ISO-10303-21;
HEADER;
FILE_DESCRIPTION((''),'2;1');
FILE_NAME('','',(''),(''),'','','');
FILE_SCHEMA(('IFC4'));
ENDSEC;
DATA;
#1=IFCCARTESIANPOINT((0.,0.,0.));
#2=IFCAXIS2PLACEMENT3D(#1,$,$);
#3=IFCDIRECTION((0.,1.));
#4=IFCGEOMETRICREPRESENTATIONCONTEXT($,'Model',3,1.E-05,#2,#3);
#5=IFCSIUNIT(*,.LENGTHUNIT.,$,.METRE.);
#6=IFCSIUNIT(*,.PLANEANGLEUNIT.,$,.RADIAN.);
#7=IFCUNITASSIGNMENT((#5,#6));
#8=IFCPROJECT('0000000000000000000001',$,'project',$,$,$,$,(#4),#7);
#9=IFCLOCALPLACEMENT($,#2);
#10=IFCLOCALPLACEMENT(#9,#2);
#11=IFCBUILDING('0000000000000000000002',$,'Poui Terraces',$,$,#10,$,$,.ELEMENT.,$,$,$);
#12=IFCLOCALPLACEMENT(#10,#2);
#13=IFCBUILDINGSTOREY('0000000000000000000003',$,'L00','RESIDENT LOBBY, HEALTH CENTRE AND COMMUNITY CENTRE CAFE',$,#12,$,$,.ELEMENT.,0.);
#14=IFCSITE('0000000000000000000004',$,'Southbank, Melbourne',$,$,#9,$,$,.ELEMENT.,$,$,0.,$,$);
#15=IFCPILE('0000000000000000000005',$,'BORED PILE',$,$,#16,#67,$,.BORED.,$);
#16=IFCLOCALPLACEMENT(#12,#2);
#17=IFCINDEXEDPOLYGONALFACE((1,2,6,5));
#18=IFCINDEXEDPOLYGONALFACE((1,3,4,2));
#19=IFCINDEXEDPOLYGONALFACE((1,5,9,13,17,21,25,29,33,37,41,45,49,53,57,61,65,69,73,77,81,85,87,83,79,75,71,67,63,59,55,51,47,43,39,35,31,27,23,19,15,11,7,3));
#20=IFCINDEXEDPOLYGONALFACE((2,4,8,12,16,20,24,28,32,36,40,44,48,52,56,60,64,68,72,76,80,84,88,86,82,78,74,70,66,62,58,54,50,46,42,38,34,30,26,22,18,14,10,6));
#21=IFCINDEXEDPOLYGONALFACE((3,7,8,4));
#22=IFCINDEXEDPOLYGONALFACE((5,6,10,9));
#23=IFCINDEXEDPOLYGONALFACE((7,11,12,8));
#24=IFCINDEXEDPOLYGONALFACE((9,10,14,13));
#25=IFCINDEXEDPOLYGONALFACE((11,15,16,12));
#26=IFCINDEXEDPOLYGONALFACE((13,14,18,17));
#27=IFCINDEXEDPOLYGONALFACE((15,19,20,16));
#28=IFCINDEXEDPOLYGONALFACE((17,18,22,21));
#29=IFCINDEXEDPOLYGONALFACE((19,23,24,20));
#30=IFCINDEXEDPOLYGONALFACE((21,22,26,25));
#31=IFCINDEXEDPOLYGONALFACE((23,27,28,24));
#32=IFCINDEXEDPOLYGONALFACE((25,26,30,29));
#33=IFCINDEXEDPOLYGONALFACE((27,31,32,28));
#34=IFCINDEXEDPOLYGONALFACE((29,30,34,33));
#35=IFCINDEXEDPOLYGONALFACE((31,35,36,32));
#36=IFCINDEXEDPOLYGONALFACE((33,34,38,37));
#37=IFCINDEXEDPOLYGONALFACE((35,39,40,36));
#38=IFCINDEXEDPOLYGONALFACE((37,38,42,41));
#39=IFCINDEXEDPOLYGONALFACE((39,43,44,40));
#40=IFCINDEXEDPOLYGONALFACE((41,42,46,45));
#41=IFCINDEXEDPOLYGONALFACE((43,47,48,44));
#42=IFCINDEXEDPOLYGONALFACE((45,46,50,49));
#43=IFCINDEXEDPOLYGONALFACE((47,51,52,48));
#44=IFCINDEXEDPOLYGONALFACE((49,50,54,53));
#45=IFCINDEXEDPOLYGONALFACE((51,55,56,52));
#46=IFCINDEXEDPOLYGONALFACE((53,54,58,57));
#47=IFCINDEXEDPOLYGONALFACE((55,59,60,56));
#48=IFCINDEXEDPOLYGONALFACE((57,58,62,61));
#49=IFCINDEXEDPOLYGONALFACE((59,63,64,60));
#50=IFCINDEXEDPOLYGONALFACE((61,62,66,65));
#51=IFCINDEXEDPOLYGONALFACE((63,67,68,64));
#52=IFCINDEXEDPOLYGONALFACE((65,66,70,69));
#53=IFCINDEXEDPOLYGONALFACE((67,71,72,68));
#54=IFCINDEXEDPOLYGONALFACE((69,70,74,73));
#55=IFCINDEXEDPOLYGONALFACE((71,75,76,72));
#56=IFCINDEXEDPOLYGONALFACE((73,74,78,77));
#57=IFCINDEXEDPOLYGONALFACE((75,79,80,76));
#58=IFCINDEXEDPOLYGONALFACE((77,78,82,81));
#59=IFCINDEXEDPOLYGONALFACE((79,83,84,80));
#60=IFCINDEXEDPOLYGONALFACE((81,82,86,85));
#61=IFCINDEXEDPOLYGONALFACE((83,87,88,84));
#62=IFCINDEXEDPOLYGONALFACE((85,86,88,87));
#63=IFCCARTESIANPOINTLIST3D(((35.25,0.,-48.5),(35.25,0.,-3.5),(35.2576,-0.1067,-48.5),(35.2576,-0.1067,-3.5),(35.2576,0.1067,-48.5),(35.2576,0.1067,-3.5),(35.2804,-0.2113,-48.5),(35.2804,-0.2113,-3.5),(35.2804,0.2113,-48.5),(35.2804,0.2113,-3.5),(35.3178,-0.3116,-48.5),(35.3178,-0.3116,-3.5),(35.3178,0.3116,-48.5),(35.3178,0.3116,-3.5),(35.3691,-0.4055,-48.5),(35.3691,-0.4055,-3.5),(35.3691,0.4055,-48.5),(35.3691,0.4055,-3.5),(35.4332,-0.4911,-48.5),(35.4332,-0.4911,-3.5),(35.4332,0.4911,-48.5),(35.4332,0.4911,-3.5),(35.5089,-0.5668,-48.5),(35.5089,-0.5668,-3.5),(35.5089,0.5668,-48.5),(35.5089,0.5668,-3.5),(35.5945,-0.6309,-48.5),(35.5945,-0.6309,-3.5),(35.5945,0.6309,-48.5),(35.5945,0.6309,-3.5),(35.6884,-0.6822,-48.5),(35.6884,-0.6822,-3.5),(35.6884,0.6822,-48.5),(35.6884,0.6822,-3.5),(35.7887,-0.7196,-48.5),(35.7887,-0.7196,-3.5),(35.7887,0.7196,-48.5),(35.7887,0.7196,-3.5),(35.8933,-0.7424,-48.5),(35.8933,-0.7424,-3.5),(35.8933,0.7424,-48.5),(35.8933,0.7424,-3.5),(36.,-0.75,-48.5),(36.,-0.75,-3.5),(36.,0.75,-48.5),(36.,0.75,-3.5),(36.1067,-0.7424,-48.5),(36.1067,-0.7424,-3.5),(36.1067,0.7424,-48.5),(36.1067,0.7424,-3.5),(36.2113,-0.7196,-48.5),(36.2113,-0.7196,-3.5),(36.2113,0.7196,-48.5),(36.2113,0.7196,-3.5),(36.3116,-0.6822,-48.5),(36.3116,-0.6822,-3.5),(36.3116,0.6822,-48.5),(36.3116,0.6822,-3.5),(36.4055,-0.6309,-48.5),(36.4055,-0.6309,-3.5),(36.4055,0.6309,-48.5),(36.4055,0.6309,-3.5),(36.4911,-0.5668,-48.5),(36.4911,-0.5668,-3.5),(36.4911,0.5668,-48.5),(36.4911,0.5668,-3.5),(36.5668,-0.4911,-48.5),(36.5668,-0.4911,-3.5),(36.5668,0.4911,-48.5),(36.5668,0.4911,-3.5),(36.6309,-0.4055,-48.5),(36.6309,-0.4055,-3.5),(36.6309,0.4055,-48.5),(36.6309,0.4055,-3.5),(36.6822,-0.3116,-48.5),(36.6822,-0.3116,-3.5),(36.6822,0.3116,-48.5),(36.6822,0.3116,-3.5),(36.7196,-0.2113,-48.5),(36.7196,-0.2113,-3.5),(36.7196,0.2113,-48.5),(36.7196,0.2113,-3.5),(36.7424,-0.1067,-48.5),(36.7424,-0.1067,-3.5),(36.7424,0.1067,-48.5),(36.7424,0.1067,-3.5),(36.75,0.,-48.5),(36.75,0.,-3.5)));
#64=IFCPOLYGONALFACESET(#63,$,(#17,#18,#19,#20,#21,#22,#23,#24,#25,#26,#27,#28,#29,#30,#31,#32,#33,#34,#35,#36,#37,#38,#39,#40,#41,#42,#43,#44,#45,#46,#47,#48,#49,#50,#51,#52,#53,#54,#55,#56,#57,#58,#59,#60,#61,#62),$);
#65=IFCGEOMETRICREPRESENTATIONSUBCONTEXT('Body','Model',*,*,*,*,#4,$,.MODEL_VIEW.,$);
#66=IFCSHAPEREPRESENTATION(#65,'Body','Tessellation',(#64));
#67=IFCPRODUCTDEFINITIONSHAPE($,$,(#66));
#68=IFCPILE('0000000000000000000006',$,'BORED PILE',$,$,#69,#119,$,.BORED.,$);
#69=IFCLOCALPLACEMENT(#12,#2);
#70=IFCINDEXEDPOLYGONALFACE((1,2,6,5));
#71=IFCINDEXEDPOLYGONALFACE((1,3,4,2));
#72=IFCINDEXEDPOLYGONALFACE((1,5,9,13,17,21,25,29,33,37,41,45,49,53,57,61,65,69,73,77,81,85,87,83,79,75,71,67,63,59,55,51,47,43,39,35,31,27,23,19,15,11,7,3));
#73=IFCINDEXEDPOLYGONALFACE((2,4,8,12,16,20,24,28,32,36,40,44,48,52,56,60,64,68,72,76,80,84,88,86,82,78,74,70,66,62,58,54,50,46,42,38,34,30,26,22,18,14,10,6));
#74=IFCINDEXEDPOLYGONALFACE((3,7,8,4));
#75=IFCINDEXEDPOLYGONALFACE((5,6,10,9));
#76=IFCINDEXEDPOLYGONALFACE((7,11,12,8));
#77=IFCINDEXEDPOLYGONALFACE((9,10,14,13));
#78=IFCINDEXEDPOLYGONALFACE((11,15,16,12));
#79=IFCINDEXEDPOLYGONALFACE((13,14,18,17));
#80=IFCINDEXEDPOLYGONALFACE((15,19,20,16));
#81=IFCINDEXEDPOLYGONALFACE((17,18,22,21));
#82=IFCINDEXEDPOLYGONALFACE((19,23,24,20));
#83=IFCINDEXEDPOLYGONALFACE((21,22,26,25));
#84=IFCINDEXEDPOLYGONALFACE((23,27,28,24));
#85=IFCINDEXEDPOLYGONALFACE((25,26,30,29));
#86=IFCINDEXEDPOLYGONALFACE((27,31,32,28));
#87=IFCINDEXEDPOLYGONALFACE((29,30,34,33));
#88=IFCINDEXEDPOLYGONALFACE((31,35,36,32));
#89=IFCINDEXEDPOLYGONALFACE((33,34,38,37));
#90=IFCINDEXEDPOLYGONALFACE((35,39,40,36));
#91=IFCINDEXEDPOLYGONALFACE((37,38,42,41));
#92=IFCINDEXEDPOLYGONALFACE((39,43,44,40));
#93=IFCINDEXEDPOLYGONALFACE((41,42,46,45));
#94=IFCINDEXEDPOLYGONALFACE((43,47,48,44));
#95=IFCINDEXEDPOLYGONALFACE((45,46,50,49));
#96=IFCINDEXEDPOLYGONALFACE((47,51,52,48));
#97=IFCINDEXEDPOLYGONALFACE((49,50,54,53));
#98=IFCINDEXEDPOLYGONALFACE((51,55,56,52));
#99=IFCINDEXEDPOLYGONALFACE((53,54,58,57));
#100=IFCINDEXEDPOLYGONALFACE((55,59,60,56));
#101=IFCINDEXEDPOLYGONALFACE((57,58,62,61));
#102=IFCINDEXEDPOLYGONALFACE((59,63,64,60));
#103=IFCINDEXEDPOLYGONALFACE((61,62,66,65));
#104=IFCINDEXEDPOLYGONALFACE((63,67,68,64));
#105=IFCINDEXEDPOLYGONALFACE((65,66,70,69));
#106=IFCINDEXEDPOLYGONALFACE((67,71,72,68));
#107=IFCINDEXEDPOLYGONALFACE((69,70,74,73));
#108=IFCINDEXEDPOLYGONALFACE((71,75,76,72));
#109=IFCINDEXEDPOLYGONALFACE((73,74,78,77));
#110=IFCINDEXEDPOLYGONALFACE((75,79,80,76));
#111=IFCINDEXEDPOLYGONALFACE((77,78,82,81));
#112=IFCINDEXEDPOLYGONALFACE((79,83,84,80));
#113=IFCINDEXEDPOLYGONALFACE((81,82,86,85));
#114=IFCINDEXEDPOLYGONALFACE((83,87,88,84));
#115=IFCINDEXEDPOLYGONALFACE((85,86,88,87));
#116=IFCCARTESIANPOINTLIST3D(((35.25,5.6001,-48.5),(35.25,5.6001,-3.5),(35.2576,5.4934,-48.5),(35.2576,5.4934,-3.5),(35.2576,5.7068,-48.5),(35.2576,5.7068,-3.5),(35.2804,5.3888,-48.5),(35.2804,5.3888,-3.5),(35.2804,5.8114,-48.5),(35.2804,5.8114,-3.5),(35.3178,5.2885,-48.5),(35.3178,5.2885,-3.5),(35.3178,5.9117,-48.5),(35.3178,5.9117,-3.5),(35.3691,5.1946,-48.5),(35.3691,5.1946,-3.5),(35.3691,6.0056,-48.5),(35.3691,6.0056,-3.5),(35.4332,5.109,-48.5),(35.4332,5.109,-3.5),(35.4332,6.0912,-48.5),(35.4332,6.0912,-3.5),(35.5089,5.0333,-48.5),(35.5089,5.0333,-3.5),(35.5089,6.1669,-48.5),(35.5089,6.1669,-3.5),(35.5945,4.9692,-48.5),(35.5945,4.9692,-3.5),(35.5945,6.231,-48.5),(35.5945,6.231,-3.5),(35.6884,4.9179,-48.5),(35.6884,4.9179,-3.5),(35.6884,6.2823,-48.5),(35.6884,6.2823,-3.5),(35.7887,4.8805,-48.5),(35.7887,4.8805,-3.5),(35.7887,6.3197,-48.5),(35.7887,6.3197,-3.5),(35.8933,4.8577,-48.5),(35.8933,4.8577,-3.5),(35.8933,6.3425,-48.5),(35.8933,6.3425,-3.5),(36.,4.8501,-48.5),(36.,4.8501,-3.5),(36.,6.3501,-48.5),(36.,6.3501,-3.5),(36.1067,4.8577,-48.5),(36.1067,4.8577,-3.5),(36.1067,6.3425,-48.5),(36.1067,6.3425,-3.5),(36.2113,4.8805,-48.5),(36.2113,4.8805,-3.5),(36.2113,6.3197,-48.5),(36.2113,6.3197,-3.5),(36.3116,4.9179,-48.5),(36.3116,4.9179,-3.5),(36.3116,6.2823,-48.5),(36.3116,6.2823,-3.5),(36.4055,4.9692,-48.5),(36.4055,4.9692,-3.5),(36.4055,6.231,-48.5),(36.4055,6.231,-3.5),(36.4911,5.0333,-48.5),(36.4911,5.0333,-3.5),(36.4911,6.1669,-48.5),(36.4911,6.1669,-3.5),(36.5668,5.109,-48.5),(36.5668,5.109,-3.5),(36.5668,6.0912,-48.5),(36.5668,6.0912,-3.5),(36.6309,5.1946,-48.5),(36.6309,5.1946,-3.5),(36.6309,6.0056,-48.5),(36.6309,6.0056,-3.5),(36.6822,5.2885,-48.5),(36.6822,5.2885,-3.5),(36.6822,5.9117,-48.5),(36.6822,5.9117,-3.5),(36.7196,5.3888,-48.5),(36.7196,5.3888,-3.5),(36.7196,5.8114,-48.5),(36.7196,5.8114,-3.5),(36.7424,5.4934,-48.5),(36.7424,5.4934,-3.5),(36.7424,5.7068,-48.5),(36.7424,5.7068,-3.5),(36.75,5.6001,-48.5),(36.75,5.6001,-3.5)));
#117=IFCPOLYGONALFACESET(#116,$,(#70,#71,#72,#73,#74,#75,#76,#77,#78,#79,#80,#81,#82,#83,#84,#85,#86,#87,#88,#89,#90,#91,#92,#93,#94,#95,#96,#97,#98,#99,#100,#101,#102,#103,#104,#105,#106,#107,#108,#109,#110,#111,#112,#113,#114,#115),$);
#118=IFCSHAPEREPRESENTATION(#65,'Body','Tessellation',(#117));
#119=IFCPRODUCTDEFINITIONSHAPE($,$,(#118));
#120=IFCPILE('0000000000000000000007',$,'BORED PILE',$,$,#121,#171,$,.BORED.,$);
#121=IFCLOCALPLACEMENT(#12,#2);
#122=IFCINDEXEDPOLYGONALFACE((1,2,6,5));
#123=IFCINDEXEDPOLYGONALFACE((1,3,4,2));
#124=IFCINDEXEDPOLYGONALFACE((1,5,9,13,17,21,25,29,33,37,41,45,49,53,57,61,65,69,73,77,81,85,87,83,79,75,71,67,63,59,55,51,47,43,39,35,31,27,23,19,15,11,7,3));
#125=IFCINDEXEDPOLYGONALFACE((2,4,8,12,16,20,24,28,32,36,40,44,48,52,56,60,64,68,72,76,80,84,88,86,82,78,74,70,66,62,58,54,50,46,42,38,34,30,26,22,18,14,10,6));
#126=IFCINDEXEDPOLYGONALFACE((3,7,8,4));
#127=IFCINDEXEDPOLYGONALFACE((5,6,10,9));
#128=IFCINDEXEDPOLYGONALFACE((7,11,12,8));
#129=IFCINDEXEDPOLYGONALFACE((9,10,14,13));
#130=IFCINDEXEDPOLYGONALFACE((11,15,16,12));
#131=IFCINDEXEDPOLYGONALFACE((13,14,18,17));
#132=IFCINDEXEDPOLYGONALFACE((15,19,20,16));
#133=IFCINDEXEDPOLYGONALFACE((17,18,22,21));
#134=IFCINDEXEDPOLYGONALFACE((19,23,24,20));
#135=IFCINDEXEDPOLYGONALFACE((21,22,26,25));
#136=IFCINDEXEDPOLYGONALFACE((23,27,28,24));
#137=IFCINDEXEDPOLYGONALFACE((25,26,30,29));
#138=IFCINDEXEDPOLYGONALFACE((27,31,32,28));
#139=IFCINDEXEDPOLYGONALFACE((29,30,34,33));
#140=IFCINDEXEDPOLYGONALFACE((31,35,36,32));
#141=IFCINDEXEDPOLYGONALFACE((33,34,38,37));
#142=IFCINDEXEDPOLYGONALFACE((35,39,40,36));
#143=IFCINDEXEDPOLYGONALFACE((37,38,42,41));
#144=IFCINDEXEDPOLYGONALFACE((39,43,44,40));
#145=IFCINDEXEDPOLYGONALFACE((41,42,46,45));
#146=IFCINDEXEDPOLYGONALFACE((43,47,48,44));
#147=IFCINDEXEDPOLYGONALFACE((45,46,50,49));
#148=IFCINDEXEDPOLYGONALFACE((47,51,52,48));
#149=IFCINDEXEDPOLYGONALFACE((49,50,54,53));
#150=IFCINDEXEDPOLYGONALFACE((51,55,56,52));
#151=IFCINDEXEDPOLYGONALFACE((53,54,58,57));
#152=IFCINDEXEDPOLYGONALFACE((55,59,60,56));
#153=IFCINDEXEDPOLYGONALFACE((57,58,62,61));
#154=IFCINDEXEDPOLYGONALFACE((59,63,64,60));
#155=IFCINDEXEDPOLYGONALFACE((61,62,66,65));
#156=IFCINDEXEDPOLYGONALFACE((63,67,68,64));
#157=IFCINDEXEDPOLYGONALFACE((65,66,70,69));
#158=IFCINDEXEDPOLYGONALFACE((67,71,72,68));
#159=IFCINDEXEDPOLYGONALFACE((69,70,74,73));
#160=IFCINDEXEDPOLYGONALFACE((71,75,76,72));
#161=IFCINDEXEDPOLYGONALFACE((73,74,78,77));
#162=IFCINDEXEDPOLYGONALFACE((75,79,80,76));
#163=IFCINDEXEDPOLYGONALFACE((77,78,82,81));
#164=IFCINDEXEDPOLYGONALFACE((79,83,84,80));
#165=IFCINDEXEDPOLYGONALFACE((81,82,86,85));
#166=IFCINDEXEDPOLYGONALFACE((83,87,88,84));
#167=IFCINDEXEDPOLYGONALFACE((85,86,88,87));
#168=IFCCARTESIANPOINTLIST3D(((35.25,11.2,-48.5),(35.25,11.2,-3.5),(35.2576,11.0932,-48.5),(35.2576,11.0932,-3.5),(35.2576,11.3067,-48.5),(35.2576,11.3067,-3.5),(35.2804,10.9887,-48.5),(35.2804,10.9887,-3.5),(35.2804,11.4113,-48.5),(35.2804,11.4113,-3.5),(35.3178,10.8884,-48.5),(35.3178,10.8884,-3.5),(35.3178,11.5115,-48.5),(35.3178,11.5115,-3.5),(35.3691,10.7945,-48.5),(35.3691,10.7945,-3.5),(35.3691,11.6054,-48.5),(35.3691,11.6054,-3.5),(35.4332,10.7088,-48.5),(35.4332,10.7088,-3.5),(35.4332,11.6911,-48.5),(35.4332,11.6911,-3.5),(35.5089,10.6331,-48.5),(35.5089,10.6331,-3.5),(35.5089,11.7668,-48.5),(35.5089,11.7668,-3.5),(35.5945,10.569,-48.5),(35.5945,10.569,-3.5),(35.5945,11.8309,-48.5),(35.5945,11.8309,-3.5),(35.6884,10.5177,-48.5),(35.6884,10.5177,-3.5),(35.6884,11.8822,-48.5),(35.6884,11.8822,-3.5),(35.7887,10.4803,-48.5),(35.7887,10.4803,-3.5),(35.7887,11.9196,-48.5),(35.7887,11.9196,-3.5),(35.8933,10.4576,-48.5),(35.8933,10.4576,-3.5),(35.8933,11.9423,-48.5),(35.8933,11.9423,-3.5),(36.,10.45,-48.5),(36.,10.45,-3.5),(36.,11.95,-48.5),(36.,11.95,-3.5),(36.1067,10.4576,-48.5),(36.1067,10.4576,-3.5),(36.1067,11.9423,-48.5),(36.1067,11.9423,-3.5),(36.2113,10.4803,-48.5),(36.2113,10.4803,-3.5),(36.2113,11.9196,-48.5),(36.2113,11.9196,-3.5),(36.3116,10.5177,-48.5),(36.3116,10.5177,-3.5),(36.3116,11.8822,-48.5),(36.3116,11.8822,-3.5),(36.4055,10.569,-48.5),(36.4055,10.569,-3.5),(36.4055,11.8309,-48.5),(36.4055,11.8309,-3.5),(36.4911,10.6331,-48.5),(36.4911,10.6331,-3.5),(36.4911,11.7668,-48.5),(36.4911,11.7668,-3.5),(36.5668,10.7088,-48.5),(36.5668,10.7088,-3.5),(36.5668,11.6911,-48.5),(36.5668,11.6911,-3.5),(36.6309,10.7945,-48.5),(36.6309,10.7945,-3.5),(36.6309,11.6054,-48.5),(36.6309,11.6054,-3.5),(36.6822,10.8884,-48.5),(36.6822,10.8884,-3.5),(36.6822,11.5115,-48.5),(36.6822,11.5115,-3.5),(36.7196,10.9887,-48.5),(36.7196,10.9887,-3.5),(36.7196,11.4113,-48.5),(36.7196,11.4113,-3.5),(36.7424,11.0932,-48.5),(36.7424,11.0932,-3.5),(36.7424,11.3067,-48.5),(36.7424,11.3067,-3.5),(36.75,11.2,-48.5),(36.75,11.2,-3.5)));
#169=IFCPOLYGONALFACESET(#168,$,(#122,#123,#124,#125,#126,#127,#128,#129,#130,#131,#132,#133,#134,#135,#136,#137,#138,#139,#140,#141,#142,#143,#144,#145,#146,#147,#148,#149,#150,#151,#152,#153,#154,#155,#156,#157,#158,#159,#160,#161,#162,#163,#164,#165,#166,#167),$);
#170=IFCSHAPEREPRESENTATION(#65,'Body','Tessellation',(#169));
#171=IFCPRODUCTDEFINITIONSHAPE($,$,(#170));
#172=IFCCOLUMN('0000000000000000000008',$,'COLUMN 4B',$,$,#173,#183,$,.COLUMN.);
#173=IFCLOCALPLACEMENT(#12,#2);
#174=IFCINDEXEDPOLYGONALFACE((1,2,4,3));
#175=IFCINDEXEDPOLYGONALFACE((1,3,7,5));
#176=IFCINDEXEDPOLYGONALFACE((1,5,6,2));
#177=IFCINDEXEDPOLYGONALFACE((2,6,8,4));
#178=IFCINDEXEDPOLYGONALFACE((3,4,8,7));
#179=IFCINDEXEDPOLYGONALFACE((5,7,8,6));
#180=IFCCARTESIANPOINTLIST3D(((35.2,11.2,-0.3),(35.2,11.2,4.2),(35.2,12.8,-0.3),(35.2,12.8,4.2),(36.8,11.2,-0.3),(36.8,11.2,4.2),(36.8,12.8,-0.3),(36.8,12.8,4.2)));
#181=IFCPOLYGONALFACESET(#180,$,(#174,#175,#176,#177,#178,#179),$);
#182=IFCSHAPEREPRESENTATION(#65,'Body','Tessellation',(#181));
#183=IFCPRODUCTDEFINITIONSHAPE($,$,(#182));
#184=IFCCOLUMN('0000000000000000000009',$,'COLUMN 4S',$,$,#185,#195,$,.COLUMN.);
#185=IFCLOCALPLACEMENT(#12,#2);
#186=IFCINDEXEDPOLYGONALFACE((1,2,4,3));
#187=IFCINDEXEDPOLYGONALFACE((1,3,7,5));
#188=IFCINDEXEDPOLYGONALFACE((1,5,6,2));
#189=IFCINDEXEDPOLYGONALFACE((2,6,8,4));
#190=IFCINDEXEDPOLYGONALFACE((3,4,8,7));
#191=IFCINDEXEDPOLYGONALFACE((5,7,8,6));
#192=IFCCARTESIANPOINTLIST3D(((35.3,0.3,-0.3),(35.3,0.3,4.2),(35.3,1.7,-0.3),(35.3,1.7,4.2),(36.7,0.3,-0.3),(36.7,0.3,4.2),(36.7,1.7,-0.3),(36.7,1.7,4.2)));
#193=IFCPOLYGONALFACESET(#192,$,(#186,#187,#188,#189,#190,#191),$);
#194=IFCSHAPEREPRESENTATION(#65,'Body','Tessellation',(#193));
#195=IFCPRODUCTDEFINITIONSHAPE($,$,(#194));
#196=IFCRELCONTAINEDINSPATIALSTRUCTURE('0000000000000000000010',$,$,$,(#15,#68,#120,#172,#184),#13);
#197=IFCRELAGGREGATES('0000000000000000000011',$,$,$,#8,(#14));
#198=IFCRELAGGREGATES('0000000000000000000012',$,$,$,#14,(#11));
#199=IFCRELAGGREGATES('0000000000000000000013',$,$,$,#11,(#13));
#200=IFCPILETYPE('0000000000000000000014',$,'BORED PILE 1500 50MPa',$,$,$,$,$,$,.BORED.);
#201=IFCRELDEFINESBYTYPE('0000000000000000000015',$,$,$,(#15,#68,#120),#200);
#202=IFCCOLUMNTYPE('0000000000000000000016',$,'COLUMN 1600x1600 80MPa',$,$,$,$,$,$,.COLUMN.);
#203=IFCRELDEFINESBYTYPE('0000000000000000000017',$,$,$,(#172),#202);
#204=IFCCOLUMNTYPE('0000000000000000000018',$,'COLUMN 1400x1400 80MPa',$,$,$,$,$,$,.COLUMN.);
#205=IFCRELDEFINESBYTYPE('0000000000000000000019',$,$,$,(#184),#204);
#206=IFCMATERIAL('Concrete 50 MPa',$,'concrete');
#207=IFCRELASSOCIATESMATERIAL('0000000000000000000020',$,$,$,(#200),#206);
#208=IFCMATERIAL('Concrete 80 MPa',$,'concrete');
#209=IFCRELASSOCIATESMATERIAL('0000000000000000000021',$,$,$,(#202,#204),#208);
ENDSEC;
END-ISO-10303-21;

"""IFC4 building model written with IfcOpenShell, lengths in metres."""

from ifc_helpers import new_model, si_unit, direction, frame, origin, origin_2d, place, context, subcontext, project, spatial, rectangle, circle, extrude, source, transform, mapped, material, material_profile, profile_set, type_object, element, save


model = new_model("IFC4")

# Units and contexts
model_context = context("Model", 3, precision=1e-05, world=origin(), true_north=direction((0.0, 1.0)))
body_context = subcontext(model_context, "Body", "Model", "MODEL_VIEW")
ifc_project = project(units=[si_unit("LENGTHUNIT", "METRE"), si_unit("PLANEANGLEUNIT", "RADIAN")], contexts=[model_context])

# Site, building, storey
site_placement = place(None, origin())
site = spatial("IfcSite", under=ifc_project, at=site_placement, Name="Southbank, Melbourne", CompositionType="ELEMENT", RefElevation=0.0)
building_placement = place(site_placement, origin())
building = spatial("IfcBuilding", under=site, at=building_placement, Name="Poui Terraces", CompositionType="ELEMENT")
storey_placement = place(building_placement, origin())
storey = spatial("IfcBuildingStorey", under=building, at=storey_placement, Name="L00", Description="RESIDENT LOBBY, HEALTH CENTRE AND COMMUNITY CENTRE CAFE", CompositionType="ELEMENT", Elevation=0.0)

# Piles
ifc_material_1 = material(Name="Concrete 50 MPa", Category="concrete")
ifc_material_profile_1 = material_profile(ifc_material_1, circle(Radius=0.75, at=origin_2d()), Name="RC D1500")
ifc_profile_set_1 = profile_set([ifc_material_profile_1], Name="Concrete 50 MPa")
pile_type = type_object("IfcPileType", Name="BORED PILE 1500 50MPa", PredefinedType="BORED", material=ifc_profile_set_1)
for number, where, z_axis, x_axis, name in (
    (1, (36.0, 0.0, -3.5), (0.0, 0.0, -1.0), (1.0, 0.0, 0.0), "BORED PILE"),
    (2, (36.0, 5.6001, -3.5), (0.0, 0.0, -1.0), (1.0, 0.0, 0.0), "BORED PILE"),
    (3, (36.0, 11.2, -3.5), (0.0, 0.0, -1.0), (1.0, 0.0, 0.0), "BORED PILE"),
):
    element("IfcPile", number, at=place(storey_placement, frame(where, z_axis=z_axis, x_axis=x_axis)), inside=storey, type_object=pile_type, Name=name, PredefinedType="BORED", context=body_context, shape_type="SweptSolid", body=[
        extrude(circle(Radius=0.75, at=origin_2d()), origin(), (0.0, 0.0, 1.0), 45.0),
    ])

# Columns
ifc_material_2 = material(Name="Concrete 80 MPa", Category="concrete")
ifc_material_profile_2 = material_profile(ifc_material_2, rectangle(XDim=1.6001, YDim=1.6001, at=origin_2d()), Name="RC 1600x1600")
ifc_profile_set_2 = profile_set([ifc_material_profile_2], Name="Concrete 80 MPa")
column_type_1 = type_object("IfcColumnType", Name="COLUMN 1600x1600 80MPa", PredefinedType="COLUMN", material=ifc_profile_set_2)
shared_shape_1 = source(origin(), body_context, "Body", "SweptSolid", [
    extrude(rectangle(XDim=1.6001, YDim=1.6001, at=origin_2d()), origin(), (0.0, 0.0, 1.0), 4.5),
])
column_1_placement = place(storey_placement, frame((36.0, 12.0, -0.3), z_axis=(0.0, 0.0, 1.0), x_axis=(1.0, 0.0, 0.0)))
element("IfcColumn", 4, at=column_1_placement, inside=storey, type_object=column_type_1, Name="COLUMN 4B", PredefinedType="COLUMN", context=body_context, shape_type="MappedRepresentation", body=[
    mapped(shared_shape_1, transform((0.0, 0.0, 0.0))),
])
ifc_material_profile_3 = material_profile(ifc_material_2, rectangle(XDim=1.3999, YDim=1.3999, at=origin_2d()), Name="RC 1400x1400")
ifc_profile_set_3 = profile_set([ifc_material_profile_3], Name="Concrete 80 MPa")
column_type_2 = type_object("IfcColumnType", Name="COLUMN 1400x1400 80MPa", PredefinedType="COLUMN", material=ifc_profile_set_3)
shared_shape_2 = source(origin(), body_context, "Body", "SweptSolid", [
    extrude(rectangle(XDim=1.3999, YDim=1.3999, at=origin_2d()), origin(), (0.0, 0.0, 1.0), 4.5),
])
column_2_placement = place(storey_placement, frame((36.0, 1.0, -0.3), z_axis=(0.0, 0.0, 1.0), x_axis=(1.0, 0.0, 0.0)))
element("IfcColumn", 5, at=column_2_placement, inside=storey, type_object=column_type_2, Name="COLUMN 4S", PredefinedType="COLUMN", context=body_context, shape_type="MappedRepresentation", body=[
    mapped(shared_shape_2, transform((0.0, 0.0, 0.0))),
])

save(model, "model.ifc")
